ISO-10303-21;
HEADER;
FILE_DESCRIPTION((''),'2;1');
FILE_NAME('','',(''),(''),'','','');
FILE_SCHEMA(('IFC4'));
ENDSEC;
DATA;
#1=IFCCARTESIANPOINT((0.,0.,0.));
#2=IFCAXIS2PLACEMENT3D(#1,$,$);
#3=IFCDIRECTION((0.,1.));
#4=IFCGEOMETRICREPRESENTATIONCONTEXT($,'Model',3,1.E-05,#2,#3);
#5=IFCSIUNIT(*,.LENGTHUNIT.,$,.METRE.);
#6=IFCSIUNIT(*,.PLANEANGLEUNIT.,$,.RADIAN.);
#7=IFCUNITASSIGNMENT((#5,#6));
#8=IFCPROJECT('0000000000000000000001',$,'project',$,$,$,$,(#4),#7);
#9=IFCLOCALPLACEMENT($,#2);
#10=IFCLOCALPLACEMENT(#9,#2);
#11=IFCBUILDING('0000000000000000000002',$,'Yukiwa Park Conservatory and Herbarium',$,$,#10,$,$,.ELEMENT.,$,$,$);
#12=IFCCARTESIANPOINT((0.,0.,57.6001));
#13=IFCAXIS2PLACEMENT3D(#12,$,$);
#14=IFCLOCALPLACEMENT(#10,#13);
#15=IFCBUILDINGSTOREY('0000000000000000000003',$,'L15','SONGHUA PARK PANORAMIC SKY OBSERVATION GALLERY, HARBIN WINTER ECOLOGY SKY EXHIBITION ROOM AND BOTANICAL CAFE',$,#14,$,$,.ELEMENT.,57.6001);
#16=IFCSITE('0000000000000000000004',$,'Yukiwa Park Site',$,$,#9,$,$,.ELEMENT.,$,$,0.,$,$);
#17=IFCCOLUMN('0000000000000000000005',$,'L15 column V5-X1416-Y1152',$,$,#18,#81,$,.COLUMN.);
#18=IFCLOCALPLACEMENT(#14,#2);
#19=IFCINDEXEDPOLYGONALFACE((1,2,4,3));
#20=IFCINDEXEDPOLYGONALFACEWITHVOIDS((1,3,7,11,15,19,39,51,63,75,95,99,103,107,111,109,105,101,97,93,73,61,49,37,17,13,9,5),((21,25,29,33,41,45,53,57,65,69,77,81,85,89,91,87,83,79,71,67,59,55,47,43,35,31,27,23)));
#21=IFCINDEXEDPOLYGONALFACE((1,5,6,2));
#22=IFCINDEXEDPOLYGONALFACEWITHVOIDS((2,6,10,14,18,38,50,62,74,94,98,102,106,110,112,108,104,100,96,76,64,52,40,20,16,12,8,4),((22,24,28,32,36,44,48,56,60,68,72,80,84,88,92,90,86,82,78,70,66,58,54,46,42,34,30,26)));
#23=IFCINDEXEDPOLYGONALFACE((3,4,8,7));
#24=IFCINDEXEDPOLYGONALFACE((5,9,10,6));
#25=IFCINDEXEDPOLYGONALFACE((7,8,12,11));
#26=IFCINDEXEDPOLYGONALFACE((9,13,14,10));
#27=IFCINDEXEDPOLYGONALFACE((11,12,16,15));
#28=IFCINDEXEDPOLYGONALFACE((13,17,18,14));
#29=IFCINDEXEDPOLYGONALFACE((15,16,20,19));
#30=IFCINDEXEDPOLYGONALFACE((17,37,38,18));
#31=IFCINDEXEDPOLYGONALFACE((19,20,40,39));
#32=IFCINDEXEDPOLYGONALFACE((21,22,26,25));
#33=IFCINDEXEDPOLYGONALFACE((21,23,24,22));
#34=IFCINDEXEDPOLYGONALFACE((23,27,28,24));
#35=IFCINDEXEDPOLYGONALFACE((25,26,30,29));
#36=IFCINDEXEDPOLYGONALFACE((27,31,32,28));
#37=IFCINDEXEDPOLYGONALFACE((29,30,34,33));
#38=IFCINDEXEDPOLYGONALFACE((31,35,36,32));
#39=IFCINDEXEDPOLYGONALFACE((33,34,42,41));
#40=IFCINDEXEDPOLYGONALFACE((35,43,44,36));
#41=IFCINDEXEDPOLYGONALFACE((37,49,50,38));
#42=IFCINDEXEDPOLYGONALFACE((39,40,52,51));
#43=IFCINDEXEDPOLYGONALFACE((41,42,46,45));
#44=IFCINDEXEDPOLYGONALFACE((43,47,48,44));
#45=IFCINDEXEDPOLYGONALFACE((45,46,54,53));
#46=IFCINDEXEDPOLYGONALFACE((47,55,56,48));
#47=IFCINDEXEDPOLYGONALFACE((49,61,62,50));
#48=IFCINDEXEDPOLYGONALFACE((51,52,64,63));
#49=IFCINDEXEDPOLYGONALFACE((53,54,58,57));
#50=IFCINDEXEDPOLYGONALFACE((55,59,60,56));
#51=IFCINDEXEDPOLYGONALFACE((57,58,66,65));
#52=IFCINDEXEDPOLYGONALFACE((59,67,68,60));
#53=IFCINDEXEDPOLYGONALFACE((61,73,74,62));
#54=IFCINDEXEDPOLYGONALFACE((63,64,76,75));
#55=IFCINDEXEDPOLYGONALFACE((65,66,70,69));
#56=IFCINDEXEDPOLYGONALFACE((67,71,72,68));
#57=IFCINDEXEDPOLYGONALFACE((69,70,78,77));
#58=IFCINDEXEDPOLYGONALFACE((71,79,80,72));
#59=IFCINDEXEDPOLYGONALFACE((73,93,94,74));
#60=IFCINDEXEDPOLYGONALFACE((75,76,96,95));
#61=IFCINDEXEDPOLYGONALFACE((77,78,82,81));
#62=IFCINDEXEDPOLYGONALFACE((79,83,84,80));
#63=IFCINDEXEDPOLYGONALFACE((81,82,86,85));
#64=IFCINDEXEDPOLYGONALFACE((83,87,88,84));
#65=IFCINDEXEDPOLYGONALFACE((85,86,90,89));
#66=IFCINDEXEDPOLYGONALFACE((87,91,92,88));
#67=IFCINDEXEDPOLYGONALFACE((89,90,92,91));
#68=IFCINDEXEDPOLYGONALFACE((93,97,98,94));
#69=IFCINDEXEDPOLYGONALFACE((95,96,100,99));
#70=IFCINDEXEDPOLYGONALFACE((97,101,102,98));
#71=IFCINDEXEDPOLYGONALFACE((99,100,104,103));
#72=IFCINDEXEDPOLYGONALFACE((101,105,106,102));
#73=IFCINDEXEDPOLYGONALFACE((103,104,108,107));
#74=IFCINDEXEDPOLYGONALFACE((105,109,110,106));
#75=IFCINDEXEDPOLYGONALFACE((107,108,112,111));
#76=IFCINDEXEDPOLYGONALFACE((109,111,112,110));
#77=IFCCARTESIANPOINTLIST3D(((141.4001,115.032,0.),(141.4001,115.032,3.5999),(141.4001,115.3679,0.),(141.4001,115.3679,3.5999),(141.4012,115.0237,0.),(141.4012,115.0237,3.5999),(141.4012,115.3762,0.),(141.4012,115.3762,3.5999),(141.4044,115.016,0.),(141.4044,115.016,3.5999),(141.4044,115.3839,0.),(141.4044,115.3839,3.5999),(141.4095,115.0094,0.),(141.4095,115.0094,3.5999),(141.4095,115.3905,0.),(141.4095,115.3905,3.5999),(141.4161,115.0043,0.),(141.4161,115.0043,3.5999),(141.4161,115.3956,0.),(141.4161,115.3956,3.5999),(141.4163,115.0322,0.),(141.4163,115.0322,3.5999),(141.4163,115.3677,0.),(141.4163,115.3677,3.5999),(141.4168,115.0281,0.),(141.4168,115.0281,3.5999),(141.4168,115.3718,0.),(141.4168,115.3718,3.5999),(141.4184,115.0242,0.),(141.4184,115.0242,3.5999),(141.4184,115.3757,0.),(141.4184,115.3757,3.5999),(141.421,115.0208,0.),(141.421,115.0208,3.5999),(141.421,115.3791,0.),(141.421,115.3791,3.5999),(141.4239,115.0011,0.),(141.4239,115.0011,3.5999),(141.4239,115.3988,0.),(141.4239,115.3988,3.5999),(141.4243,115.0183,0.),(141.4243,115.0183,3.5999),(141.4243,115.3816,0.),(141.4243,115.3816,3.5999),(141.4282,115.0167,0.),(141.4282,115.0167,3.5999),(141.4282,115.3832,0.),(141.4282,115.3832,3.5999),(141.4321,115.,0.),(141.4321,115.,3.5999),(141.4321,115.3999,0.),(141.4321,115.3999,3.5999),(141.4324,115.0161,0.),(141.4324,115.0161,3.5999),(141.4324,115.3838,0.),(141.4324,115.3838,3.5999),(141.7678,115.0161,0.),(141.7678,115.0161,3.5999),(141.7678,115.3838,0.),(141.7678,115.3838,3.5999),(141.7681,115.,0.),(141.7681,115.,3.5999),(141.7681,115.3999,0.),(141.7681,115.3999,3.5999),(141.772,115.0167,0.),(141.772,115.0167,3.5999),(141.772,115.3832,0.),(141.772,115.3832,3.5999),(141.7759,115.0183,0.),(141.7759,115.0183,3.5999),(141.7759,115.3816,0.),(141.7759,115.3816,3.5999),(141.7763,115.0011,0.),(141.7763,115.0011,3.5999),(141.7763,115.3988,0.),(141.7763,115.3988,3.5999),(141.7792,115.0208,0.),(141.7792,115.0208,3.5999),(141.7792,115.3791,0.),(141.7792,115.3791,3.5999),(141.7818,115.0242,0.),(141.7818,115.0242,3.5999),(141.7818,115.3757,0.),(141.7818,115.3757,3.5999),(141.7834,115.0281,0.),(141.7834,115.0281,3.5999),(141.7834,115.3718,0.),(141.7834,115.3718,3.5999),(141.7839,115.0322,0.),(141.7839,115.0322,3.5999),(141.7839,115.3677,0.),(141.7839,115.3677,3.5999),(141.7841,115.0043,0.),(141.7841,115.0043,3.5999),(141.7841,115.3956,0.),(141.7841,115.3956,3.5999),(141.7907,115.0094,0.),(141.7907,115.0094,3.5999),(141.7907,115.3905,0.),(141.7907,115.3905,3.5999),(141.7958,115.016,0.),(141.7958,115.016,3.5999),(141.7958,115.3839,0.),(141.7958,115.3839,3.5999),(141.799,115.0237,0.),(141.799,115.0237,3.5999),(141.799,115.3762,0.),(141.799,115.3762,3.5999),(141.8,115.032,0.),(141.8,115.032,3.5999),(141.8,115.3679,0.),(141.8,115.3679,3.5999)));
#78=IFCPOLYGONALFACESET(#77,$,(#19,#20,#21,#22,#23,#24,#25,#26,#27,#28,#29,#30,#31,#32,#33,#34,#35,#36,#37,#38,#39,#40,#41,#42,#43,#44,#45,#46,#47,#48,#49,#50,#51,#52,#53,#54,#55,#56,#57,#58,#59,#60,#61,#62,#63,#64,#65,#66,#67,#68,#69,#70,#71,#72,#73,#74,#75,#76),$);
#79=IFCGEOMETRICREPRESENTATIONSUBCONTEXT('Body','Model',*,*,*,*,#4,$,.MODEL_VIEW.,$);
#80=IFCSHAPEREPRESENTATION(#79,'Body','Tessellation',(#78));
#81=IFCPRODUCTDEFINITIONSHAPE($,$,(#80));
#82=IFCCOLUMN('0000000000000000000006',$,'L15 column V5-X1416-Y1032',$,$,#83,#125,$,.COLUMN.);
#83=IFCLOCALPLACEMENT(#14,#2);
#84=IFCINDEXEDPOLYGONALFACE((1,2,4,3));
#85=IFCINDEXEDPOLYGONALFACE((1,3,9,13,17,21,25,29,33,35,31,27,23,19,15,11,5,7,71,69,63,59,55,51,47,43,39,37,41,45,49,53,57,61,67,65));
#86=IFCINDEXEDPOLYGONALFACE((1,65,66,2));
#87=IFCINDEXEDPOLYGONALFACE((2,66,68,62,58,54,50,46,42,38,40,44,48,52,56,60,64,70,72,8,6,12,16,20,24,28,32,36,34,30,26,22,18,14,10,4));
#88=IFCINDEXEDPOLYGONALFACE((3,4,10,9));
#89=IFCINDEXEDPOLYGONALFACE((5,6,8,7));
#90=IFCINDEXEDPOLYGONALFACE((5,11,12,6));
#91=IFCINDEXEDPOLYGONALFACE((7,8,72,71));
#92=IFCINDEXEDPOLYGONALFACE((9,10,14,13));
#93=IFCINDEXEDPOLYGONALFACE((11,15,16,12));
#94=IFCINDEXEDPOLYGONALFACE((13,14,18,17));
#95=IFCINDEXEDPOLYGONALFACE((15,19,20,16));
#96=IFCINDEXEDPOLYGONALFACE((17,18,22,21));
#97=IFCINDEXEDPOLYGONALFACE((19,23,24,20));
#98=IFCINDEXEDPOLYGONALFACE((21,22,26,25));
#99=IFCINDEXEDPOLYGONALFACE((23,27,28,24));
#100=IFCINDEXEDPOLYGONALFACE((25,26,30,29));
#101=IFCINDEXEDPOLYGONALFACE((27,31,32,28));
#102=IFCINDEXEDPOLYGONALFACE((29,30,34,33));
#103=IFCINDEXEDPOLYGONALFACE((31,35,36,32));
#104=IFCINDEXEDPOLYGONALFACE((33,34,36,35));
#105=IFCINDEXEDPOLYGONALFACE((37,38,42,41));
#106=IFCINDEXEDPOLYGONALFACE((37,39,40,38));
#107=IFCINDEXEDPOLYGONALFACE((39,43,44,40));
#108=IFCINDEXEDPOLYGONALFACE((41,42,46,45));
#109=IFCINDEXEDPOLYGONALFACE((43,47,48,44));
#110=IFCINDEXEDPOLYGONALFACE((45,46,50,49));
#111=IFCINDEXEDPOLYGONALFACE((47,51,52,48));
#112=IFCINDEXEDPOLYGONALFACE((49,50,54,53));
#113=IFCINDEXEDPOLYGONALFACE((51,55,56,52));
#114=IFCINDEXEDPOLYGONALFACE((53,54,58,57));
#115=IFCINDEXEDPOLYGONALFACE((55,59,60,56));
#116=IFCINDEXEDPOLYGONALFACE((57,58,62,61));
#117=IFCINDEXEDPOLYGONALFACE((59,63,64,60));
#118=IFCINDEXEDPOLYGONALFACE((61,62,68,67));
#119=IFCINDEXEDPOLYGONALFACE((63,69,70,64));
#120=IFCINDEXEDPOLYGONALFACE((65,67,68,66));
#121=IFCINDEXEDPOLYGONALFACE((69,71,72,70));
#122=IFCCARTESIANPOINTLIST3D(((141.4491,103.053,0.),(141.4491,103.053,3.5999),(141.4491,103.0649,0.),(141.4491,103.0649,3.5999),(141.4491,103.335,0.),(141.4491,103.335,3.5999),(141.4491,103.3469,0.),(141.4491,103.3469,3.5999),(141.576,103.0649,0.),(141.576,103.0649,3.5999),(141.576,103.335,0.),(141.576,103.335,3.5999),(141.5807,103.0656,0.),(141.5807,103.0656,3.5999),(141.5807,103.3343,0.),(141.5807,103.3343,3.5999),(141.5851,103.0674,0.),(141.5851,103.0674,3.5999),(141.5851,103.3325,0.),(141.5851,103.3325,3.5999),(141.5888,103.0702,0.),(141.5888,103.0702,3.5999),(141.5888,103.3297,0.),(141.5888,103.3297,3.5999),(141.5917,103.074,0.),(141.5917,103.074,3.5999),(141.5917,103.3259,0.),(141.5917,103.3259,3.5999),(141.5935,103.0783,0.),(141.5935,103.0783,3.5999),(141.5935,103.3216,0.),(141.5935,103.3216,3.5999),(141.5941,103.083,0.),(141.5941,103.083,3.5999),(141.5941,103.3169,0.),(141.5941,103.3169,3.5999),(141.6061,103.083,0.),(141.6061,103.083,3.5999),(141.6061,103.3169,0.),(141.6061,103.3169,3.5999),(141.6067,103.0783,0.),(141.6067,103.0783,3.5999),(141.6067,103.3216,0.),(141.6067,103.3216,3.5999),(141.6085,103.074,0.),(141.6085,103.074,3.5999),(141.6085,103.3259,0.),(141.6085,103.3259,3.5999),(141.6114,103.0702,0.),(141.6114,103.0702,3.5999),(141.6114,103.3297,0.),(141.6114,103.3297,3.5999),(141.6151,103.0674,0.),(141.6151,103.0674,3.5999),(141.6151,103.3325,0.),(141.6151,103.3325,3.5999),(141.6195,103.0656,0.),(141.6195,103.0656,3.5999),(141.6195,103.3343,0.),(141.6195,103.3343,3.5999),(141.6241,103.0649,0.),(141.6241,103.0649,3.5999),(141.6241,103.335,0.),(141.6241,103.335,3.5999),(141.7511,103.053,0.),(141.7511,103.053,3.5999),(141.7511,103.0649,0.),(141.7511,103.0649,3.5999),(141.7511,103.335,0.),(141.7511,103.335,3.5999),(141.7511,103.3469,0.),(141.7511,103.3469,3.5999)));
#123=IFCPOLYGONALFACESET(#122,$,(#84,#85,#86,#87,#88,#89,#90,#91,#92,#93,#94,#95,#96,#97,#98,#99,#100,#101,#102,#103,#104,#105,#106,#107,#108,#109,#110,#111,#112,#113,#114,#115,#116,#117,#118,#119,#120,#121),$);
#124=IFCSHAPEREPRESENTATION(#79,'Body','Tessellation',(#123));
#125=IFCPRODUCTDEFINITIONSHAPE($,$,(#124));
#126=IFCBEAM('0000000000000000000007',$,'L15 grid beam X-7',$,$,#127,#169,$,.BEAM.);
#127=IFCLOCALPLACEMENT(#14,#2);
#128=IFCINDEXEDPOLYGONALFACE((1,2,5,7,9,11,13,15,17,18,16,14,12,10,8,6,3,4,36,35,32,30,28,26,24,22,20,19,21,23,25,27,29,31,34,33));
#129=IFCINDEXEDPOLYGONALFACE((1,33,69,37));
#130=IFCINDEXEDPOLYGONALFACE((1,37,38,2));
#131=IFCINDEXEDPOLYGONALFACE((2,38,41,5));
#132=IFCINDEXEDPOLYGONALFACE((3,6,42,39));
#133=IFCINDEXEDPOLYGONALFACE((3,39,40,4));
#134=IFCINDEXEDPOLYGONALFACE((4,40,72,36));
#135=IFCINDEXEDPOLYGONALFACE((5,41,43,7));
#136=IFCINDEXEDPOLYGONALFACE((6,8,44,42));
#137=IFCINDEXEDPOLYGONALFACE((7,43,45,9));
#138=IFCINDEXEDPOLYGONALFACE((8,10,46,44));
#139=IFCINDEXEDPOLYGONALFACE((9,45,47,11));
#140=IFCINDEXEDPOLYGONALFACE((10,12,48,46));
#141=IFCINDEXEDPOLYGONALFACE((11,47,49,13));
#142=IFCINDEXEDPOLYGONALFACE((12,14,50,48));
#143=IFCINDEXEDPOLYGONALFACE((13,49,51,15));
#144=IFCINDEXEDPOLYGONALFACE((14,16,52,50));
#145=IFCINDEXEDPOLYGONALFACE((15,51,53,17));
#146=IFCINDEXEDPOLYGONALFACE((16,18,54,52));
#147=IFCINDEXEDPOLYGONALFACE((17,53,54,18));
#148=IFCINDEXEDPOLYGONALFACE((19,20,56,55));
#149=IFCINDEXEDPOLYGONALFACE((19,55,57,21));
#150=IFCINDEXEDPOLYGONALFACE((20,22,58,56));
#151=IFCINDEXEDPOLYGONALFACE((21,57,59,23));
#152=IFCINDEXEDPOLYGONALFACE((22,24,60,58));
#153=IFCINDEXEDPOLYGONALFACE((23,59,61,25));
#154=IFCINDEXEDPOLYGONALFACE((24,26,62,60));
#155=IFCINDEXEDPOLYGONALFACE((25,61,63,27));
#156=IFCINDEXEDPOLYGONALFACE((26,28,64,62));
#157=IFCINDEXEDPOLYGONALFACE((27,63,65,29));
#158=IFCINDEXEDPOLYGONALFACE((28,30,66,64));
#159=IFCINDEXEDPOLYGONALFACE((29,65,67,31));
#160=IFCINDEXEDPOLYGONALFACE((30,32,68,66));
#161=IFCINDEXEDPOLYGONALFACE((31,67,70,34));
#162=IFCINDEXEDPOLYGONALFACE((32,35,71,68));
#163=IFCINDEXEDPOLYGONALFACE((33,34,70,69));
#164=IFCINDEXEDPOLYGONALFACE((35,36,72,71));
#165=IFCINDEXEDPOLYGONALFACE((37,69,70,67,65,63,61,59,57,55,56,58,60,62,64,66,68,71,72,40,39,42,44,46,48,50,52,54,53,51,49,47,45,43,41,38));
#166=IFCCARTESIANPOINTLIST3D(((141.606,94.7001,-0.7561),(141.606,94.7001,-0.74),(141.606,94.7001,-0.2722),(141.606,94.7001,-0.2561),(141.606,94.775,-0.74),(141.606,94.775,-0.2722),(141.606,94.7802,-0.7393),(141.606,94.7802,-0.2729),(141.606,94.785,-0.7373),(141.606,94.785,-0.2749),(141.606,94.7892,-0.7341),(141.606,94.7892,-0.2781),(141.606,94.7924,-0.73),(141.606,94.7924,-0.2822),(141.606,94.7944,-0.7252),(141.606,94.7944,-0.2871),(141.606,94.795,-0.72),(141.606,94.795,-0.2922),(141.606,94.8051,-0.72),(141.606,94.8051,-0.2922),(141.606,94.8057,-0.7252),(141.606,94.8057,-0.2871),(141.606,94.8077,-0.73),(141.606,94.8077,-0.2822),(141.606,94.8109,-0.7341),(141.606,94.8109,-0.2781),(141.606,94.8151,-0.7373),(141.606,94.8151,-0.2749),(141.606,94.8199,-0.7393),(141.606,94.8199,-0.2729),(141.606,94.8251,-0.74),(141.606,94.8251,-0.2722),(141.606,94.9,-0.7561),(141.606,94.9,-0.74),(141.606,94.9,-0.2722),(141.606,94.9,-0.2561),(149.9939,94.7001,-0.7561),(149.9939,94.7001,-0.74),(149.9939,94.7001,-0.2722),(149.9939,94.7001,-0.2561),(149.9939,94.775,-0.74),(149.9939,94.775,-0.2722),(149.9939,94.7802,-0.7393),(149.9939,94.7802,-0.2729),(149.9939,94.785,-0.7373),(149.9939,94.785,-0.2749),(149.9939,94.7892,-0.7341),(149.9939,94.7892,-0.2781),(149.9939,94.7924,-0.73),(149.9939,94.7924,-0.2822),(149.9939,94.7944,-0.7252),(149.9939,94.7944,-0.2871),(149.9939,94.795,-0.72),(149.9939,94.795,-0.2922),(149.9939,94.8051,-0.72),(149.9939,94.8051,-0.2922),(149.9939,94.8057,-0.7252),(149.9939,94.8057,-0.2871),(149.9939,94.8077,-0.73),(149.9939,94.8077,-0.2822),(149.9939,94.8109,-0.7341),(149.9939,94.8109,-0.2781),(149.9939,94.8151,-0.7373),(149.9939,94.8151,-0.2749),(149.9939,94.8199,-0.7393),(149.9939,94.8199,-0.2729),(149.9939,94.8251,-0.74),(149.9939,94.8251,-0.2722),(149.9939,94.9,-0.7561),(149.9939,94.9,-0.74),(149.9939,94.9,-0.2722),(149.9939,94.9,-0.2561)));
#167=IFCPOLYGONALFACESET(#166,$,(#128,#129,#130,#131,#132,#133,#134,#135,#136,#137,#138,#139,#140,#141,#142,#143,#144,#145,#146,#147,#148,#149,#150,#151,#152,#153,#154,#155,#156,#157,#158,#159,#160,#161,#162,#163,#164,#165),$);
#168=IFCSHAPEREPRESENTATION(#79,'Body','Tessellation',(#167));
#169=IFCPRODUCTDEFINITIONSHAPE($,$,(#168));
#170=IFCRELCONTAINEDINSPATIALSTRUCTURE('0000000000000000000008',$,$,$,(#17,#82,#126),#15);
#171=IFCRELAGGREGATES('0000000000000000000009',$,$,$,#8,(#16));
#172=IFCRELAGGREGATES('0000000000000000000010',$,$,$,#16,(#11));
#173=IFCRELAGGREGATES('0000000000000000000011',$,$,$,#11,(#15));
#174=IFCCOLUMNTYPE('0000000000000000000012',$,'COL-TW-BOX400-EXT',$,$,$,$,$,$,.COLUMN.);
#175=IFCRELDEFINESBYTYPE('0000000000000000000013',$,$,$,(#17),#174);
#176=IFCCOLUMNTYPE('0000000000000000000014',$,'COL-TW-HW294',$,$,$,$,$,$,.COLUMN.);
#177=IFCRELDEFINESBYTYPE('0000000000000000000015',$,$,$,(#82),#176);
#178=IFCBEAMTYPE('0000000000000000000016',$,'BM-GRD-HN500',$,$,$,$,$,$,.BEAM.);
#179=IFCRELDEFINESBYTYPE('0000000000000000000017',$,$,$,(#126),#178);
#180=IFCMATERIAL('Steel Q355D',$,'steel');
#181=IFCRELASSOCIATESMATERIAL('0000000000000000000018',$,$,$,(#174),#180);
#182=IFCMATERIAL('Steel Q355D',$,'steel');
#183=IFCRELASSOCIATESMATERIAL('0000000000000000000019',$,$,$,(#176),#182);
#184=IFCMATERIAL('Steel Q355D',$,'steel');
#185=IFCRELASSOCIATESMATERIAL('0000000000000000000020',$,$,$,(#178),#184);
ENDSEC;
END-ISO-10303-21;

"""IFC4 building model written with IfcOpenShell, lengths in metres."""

from ifc_helpers import new_model, si_unit, direction, frame, origin, origin_2d, place, context, subcontext, project, spatial, hollow_rectangle, i_section, extrude, material, material_profile, profile_set, type_object, element, save


model = new_model("IFC4")

# Units and contexts
model_context = context("Model", 3, precision=1e-05, world=origin(), true_north=direction((0.0, 1.0)))
body_context = subcontext(model_context, "Body", "Model", "MODEL_VIEW")
ifc_project = project(units=[si_unit("LENGTHUNIT", "METRE"), si_unit("PLANEANGLEUNIT", "RADIAN")], contexts=[model_context])

# Site, building, storey
site_placement = place(None, origin())
site = spatial("IfcSite", under=ifc_project, at=site_placement, Name="Yukiwa Park Site", CompositionType="ELEMENT", RefElevation=0.0)
building_placement = place(site_placement, origin())
building = spatial("IfcBuilding", under=site, at=building_placement, Name="Yukiwa Park Conservatory and Herbarium", CompositionType="ELEMENT")
storey_placement = place(building_placement, frame((0.0, 0.0, 57.6001)))
storey = spatial("IfcBuildingStorey", under=building, at=storey_placement, Name="L15", Description="SONGHUA PARK PANORAMIC SKY OBSERVATION GALLERY, HARBIN WINTER ECOLOGY SKY EXHIBITION ROOM AND BOTANICAL CAFE", CompositionType="ELEMENT", Elevation=57.6001)

# Columns
ifc_material_1 = material(Name="Steel Q355D", Category="steel")
ifc_material_profile_1 = material_profile(ifc_material_1, hollow_rectangle(XDim=0.3999, YDim=0.3999, WallThickness=0.0161, InnerFilletRadius=0.0161, OuterFilletRadius=0.032, at=origin_2d()), Name="BOX 400x400x16")
ifc_profile_set_1 = profile_set([ifc_material_profile_1], Name="Steel Q355D")
column_type_1 = type_object("IfcColumnType", Name="COL-TW-BOX400-EXT", PredefinedType="COLUMN", material=ifc_profile_set_1)
column_1_placement = place(storey_placement, frame((141.6001, 115.2, 0.0), z_axis=(0.0, 0.0, 1.0), x_axis=(1.0, 0.0, 0.0)))
element("IfcColumn", 1, at=column_1_placement, inside=storey, type_object=column_type_1, Name="L15 column V5-X1416-Y1152", PredefinedType="COLUMN", context=body_context, shape_type="SweptSolid", body=[
    extrude(hollow_rectangle(XDim=0.3999, YDim=0.3999, WallThickness=0.0161, InnerFilletRadius=0.0161, OuterFilletRadius=0.032, at=origin_2d()), origin(), (0.0, 0.0, 1.0), 3.5999),
])
ifc_material_2 = material(Name="Steel Q355D", Category="steel")
ifc_material_profile_2 = material_profile(ifc_material_2, i_section(OverallWidth=0.302, OverallDepth=0.2939, WebThickness=0.012, FlangeThickness=0.012, FilletRadius=0.0181, at=origin_2d()), Name="HW 294x302x12x12")
ifc_profile_set_2 = profile_set([ifc_material_profile_2], Name="Steel Q355D")
column_type_2 = type_object("IfcColumnType", Name="COL-TW-HW294", PredefinedType="COLUMN", material=ifc_profile_set_2)
column_2_placement = place(storey_placement, frame((141.6001, 103.2, 0.0), z_axis=(0.0, 0.0, 1.0), x_axis=(1.0, 0.0, 0.0)))
element("IfcColumn", 2, at=column_2_placement, inside=storey, type_object=column_type_2, Name="L15 column V5-X1416-Y1032", PredefinedType="COLUMN", context=body_context, shape_type="SweptSolid", body=[
    extrude(i_section(OverallWidth=0.302, OverallDepth=0.2939, WebThickness=0.012, FlangeThickness=0.012, FilletRadius=0.0181, at=origin_2d()), origin(), (0.0, 0.0, 1.0), 3.5999),
])

# Beam
ifc_material_3 = material(Name="Steel Q355D", Category="steel")
ifc_material_profile_3 = material_profile(ifc_material_3, i_section(OverallWidth=0.2, OverallDepth=0.5, WebThickness=0.01, FlangeThickness=0.0161, FilletRadius=0.02, at=origin_2d()), Name="HN 500x200x10x16")
ifc_profile_set_3 = profile_set([ifc_material_profile_3], Name="Steel Q355D")
beam_type_1 = type_object("IfcBeamType", Name="BM-GRD-HN500", PredefinedType="BEAM", material=ifc_profile_set_3)
beam_1_placement = place(storey_placement, frame((141.606, 94.8, -0.5061), z_axis=(1.0, 0.0, 0.0), x_axis=(0.0, 1.0, 0.0)))
element("IfcBeam", 3, at=beam_1_placement, inside=storey, type_object=beam_type_1, Name="L15 grid beam X-7", PredefinedType="BEAM", context=body_context, shape_type="SweptSolid", body=[
    extrude(i_section(OverallWidth=0.2, OverallDepth=0.5, WebThickness=0.01, FlangeThickness=0.0161, FilletRadius=0.02, at=origin_2d()), origin(), (0.0, 0.0, 1.0), 8.3879),
])

save(model, "model.ifc")
